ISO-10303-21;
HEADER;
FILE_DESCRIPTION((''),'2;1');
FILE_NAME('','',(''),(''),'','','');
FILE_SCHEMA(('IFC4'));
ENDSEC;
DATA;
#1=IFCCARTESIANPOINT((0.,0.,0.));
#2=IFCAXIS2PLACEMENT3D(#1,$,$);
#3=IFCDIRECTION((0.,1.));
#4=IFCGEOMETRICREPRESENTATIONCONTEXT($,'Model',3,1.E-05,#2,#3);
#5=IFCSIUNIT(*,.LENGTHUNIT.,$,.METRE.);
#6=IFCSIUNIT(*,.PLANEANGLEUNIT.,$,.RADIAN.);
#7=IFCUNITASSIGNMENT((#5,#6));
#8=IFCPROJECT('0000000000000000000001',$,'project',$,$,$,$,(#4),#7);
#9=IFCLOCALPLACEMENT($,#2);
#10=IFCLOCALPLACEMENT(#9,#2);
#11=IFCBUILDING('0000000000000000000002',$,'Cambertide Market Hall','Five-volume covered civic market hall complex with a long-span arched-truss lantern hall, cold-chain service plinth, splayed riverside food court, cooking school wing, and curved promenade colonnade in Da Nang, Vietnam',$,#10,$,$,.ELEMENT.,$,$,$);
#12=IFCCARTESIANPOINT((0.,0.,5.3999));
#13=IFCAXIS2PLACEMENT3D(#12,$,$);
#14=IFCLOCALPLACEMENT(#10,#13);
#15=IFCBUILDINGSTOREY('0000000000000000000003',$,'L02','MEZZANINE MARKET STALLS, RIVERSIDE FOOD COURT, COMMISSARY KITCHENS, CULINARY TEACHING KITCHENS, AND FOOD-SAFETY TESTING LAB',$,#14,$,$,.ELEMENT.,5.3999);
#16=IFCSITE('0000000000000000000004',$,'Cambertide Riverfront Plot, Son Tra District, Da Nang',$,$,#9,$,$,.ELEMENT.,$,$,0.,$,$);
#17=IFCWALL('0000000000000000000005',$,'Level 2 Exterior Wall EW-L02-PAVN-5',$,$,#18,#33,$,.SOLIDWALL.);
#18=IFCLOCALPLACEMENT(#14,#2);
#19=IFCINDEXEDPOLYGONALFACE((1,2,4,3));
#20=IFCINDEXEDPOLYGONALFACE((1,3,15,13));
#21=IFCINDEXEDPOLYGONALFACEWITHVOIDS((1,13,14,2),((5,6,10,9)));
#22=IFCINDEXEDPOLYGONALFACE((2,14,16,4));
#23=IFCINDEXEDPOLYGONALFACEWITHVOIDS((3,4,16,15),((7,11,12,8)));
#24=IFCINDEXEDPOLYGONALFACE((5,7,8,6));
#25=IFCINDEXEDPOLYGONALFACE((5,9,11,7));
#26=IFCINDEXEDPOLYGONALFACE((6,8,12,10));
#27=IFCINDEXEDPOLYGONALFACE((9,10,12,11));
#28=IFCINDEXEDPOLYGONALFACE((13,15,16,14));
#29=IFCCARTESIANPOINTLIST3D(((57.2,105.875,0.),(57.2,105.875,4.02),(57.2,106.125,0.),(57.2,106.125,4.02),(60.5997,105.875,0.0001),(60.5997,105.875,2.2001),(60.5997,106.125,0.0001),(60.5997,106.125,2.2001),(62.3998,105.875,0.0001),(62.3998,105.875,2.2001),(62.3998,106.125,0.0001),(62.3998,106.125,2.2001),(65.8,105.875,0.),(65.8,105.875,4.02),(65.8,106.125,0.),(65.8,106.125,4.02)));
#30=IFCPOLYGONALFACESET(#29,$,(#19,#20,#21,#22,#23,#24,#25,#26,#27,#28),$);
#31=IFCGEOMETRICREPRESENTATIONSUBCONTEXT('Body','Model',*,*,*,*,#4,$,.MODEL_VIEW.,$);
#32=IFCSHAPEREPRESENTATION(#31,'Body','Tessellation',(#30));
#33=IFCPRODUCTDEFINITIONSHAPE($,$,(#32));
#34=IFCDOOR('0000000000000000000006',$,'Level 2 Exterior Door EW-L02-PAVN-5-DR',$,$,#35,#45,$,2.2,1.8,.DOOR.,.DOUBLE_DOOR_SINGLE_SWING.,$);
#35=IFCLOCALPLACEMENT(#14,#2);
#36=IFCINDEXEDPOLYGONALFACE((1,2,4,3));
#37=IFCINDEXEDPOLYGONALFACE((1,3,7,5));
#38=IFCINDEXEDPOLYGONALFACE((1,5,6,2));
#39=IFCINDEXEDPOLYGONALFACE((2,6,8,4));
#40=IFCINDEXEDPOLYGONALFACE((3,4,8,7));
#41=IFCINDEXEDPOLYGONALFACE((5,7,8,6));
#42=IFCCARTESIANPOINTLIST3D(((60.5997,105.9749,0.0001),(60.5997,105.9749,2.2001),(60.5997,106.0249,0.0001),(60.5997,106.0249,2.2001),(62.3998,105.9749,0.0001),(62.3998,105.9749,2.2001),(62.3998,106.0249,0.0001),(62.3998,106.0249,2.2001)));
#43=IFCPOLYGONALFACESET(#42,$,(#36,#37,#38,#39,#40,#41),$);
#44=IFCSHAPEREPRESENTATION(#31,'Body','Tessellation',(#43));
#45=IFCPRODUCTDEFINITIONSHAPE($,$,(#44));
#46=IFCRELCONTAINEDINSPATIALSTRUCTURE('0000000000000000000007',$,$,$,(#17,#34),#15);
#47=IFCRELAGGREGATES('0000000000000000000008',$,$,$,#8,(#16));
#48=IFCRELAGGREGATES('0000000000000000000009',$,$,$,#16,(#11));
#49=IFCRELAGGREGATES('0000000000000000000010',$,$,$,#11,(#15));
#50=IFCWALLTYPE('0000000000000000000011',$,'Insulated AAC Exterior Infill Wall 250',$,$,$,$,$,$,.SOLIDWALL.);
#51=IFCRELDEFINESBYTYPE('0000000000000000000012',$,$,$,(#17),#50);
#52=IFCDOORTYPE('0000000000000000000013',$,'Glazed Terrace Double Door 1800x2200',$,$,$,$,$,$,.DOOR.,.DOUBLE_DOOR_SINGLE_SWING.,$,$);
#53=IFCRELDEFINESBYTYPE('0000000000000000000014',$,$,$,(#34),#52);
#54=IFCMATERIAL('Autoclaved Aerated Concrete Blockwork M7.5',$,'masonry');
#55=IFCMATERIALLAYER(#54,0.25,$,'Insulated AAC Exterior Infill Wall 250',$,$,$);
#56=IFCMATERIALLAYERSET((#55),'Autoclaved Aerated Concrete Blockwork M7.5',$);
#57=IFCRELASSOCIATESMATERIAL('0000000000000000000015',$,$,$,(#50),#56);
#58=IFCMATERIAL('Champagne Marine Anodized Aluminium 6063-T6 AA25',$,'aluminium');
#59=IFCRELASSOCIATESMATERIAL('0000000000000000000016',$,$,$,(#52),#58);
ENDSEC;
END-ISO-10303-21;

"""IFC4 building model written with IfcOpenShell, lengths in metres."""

from ifc_helpers import new_model, si_unit, direction, frame, frame_2d, origin, place, context, subcontext, project, spatial, rectangle, extrude, material, layer, layer_set, type_object, element, fill, save


model = new_model("IFC4")

# Units and contexts
model_context = context("Model", 3, precision=1e-05, world=origin(), true_north=direction((0.0, 1.0)))
body_context = subcontext(model_context, "Body", "Model", "MODEL_VIEW")
ifc_project = project(units=[si_unit("LENGTHUNIT", "METRE"), si_unit("PLANEANGLEUNIT", "RADIAN")], contexts=[model_context])

# Site, building, storey
site_placement = place(None, origin())
site = spatial("IfcSite", under=ifc_project, at=site_placement, Name="Cambertide Riverfront Plot, Son Tra District, Da Nang", CompositionType="ELEMENT", RefElevation=0.0)
building_placement = place(site_placement, origin())
building = spatial("IfcBuilding", under=site, at=building_placement, Name="Cambertide Market Hall", Description="Five-volume covered civic market hall complex with a long-span arched-truss lantern hall, cold-chain service plinth, splayed riverside food court, cooking school wing, and curved promenade colonnade in Da Nang, Vietnam", CompositionType="ELEMENT")
storey_placement = place(building_placement, frame((0.0, 0.0, 5.3999)))
storey = spatial("IfcBuildingStorey", under=building, at=storey_placement, Name="L02", Description="MEZZANINE MARKET STALLS, RIVERSIDE FOOD COURT, COMMISSARY KITCHENS, CULINARY TEACHING KITCHENS, AND FOOD-SAFETY TESTING LAB", CompositionType="ELEMENT", Elevation=5.3999)

# Wall, opening, door
ifc_material_1 = material(Name="Autoclaved Aerated Concrete Blockwork M7.5", Category="masonry")
ifc_layer_1 = layer(ifc_material_1, 0.25, Name="Insulated AAC Exterior Infill Wall 250")
ifc_layer_set_1 = layer_set([ifc_layer_1], Name="Autoclaved Aerated Concrete Blockwork M7.5")
wall_type = type_object("IfcWallType", Name="Insulated AAC Exterior Infill Wall 250", PredefinedType="SOLIDWALL", material=ifc_layer_set_1)
wall_placement = place(storey_placement, frame((57.2, 106.0, 0.0), z_axis=(0.0, 0.0, 1.0), x_axis=(1.0, 0.0, 0.0)))
wall = element("IfcWall", 1, at=wall_placement, inside=storey, type_object=wall_type, Name="Level 2 Exterior Wall EW-L02-PAVN-5", PredefinedType="SOLIDWALL", context=body_context, shape_type="SweptSolid", body=[
    extrude(rectangle(XDim=8.6001, YDim=0.25, at=frame_2d((4.3, 0.0))), origin(), (0.0, 0.0, 1.0), 4.02),
])
opening_placement = place(wall_placement, frame((3.3999, 0.0, 0.0)))
opening = element("IfcOpeningElement", 2, at=opening_placement, cuts=wall, PredefinedType="OPENING", context=body_context, shape_type="SweptSolid", body=[
    extrude(rectangle(XDim=1.8, YDim=2.2, at=frame_2d((0.8999, 1.1001))), frame((0.0, 0.135, 0.0), z_axis=(0.0, -1.0, 0.0), x_axis=(1.0, 0.0, 0.0)), (0.0, 0.0, 1.0), 0.27),
])
ifc_material_2 = material(Name="Champagne Marine Anodized Aluminium 6063-T6 AA25", Category="aluminium")
door_type = type_object("IfcDoorType", Name="Glazed Terrace Double Door 1800x2200", OperationType="DOUBLE_DOOR_SINGLE_SWING", PredefinedType="DOOR", material=ifc_material_2)
door_placement = place(opening_placement, origin())
door = element("IfcDoor", 3, at=door_placement, inside=storey, type_object=door_type, Name="Level 2 Exterior Door EW-L02-PAVN-5-DR", OperationType="DOUBLE_DOOR_SINGLE_SWING", OverallHeight=2.2, OverallWidth=1.8, PredefinedType="DOOR", context=body_context, shape_type="SweptSolid", body=[
    extrude(rectangle(XDim=1.8, YDim=2.2, at=frame_2d((0.8999, 1.1001))), frame((0.0, 0.0249, 0.0), z_axis=(0.0, -1.0, 0.0), x_axis=(1.0, 0.0, 0.0)), (0.0, 0.0, 1.0), 0.05),
])
fill(opening, door)

save(model, "model.ifc")
